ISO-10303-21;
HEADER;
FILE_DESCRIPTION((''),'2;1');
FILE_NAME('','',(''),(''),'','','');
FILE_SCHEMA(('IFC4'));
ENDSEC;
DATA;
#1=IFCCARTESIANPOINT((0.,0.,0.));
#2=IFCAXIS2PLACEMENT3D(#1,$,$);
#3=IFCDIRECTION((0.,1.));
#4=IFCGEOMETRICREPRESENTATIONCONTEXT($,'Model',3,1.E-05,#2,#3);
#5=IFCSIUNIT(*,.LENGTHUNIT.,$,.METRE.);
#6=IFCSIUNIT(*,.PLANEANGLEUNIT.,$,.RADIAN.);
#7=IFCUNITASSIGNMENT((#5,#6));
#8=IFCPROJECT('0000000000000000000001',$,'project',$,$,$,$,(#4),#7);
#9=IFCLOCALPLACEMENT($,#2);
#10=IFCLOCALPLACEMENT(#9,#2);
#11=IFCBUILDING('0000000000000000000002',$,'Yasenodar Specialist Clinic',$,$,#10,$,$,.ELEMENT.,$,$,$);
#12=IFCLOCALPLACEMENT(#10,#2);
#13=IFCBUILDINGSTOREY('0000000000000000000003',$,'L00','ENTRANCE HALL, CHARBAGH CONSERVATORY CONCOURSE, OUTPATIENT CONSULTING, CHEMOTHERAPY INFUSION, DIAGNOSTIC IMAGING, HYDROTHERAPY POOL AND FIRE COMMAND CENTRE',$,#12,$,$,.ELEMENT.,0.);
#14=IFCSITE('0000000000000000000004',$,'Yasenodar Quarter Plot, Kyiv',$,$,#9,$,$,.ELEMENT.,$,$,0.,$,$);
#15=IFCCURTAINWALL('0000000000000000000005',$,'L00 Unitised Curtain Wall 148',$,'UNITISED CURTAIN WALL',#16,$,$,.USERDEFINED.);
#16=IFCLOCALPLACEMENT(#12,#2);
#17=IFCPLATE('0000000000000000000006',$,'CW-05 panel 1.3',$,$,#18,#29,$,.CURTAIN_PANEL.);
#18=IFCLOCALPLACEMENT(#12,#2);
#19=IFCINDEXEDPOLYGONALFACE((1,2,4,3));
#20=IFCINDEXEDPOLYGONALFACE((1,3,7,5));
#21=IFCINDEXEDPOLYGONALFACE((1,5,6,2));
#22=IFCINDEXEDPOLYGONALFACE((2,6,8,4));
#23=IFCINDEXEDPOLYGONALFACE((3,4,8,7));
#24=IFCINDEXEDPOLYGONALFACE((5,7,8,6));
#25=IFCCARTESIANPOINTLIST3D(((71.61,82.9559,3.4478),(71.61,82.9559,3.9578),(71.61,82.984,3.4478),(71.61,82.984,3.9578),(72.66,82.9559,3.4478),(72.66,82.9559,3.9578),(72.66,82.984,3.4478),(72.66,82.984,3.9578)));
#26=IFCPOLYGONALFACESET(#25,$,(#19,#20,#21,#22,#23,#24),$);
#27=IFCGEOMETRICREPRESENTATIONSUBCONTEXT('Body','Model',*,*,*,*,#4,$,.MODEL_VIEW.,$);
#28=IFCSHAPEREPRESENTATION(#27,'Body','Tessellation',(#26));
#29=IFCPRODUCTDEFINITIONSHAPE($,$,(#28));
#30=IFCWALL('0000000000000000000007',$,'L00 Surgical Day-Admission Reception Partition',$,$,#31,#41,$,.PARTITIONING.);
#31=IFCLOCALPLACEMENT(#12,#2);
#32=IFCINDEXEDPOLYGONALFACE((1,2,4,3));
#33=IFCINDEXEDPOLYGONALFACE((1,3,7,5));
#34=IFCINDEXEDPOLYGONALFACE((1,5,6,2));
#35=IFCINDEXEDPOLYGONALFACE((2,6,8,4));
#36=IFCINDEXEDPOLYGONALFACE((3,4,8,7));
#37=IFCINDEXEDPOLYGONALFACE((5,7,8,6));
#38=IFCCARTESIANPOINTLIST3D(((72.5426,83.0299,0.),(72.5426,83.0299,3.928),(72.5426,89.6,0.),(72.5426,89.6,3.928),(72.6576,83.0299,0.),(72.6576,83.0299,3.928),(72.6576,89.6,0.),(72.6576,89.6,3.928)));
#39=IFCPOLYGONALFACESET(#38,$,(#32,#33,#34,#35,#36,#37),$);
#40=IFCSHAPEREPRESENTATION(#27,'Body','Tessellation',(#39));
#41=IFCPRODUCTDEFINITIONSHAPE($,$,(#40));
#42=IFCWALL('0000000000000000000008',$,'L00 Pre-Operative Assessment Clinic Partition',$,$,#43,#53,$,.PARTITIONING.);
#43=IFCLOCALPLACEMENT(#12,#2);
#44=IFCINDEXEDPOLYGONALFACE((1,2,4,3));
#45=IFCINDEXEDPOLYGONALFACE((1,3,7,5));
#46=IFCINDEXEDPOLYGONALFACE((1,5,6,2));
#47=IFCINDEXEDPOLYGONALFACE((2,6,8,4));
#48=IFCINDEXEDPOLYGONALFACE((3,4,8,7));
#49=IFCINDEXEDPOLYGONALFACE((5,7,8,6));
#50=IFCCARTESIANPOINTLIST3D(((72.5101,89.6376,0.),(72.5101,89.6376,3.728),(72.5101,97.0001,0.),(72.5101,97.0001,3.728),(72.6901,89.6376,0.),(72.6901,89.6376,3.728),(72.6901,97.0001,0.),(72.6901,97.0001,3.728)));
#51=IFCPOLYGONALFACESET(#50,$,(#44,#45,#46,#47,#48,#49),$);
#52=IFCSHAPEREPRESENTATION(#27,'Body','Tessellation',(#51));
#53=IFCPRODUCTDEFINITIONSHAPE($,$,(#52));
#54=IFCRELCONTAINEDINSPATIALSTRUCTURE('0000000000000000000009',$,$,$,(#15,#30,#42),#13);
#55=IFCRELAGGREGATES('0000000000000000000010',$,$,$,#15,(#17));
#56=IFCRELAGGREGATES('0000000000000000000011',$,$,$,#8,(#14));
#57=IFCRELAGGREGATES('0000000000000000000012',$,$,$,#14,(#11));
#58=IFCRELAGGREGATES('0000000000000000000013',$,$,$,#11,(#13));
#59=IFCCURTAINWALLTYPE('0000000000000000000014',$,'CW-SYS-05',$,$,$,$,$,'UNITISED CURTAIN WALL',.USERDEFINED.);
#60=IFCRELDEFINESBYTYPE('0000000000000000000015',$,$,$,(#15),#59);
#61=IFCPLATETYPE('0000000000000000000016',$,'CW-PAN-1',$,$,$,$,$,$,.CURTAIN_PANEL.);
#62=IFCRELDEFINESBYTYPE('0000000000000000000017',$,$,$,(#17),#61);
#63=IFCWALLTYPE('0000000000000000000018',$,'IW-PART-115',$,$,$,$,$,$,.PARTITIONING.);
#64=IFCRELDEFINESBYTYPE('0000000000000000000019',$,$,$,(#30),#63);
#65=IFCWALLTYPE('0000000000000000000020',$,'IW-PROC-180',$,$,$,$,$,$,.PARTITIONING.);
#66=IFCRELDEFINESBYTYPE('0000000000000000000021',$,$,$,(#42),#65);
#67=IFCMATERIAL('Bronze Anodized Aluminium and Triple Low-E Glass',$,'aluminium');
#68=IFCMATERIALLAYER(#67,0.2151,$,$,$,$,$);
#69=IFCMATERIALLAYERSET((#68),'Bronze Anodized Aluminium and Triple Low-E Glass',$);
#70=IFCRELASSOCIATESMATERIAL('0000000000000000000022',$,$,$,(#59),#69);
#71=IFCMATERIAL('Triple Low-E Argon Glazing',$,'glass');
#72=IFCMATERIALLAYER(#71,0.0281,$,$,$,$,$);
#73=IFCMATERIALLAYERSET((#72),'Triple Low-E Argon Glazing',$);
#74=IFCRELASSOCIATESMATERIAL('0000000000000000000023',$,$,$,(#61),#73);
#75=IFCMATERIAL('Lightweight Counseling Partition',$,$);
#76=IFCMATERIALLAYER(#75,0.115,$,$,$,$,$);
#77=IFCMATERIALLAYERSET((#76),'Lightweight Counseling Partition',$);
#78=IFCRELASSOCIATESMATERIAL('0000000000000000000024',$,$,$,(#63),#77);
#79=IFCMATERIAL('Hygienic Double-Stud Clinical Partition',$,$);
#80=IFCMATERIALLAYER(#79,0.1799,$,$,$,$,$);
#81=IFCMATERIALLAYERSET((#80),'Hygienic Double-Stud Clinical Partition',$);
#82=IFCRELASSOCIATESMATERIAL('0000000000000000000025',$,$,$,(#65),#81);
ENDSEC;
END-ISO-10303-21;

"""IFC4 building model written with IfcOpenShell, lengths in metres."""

from ifc_helpers import new_model, si_unit, direction, frame, frame_2d, origin, origin_2d, place, context, subcontext, project, spatial, rectangle, extrude, material, layer, layer_set, type_object, element, aggregate, save


model = new_model("IFC4")

# Units and contexts
model_context = context("Model", 3, precision=1e-05, world=origin(), true_north=direction((0.0, 1.0)))
body_context = subcontext(model_context, "Body", "Model", "MODEL_VIEW")
ifc_project = project(units=[si_unit("LENGTHUNIT", "METRE"), si_unit("PLANEANGLEUNIT", "RADIAN")], contexts=[model_context])

# Site, building, storey
site_placement = place(None, origin())
site = spatial("IfcSite", under=ifc_project, at=site_placement, Name="Yasenodar Quarter Plot, Kyiv", CompositionType="ELEMENT", RefElevation=0.0)
building_placement = place(site_placement, origin())
building = spatial("IfcBuilding", under=site, at=building_placement, Name="Yasenodar Specialist Clinic", CompositionType="ELEMENT")
storey_placement = place(building_placement, origin())
storey = spatial("IfcBuildingStorey", under=building, at=storey_placement, Name="L00", Description="ENTRANCE HALL, CHARBAGH CONSERVATORY CONCOURSE, OUTPATIENT CONSULTING, CHEMOTHERAPY INFUSION, DIAGNOSTIC IMAGING, HYDROTHERAPY POOL AND FIRE COMMAND CENTRE", CompositionType="ELEMENT", Elevation=0.0)

# Curtain wall
ifc_material_1 = material(Name="Bronze Anodized Aluminium and Triple Low-E Glass", Category="aluminium")
ifc_layer_1 = layer(ifc_material_1, 0.2151)
ifc_layer_set_1 = layer_set([ifc_layer_1], Name="Bronze Anodized Aluminium and Triple Low-E Glass")
curtain_wall_type = type_object("IfcCurtainWallType", Name="CW-SYS-05", ElementType="UNITISED CURTAIN WALL", PredefinedType="USERDEFINED", material=ifc_layer_set_1)
curtain_wall_placement = place(storey_placement, origin())
curtain_wall = element("IfcCurtainWall", 1, at=curtain_wall_placement, inside=storey, type_object=curtain_wall_type, Name="L00 Unitised Curtain Wall 148", ObjectType="UNITISED CURTAIN WALL", PredefinedType="USERDEFINED")

# Plate
ifc_material_2 = material(Name="Triple Low-E Argon Glazing", Category="glass")
ifc_layer_2 = layer(ifc_material_2, 0.0281)
ifc_layer_set_2 = layer_set([ifc_layer_2], Name="Triple Low-E Argon Glazing")
plate_type = type_object("IfcPlateType", Name="CW-PAN-1", PredefinedType="CURTAIN_PANEL", material=ifc_layer_set_2)
plate_placement = place(storey_placement, frame((72.135, 82.97, 3.4478), z_axis=(0.0, 0.0, 1.0), x_axis=(-1.0, 0.0, 0.0)))
plate = element("IfcPlate", 2, at=plate_placement, type_object=plate_type, Name="CW-05 panel 1.3", PredefinedType="CURTAIN_PANEL", context=body_context, shape_type="SweptSolid", body=[
    extrude(rectangle(XDim=1.05, YDim=0.0281, at=origin_2d()), origin(), (0.0, 0.0, 1.0), 0.51),
])
aggregate(curtain_wall, [plate])

# Walls
ifc_material_3 = material(Name="Lightweight Counseling Partition")
ifc_layer_3 = layer(ifc_material_3, 0.115)
ifc_layer_set_3 = layer_set([ifc_layer_3], Name="Lightweight Counseling Partition")
wall_type_1 = type_object("IfcWallType", Name="IW-PART-115", PredefinedType="PARTITIONING", material=ifc_layer_set_3)
wall_1_placement = place(storey_placement, frame((72.6001, 89.6001, 0.0), z_axis=(0.0, 0.0, 1.0), x_axis=(0.0, -1.0, 0.0)))
element("IfcWall", 3, at=wall_1_placement, inside=storey, type_object=wall_type_1, Name="L00 Surgical Day-Admission Reception Partition", PredefinedType="PARTITIONING", context=body_context, shape_type="SweptSolid", body=[
    extrude(rectangle(XDim=6.5701, YDim=0.115, at=frame_2d((3.2852, 0.0))), origin(), (0.0, 0.0, 1.0), 3.928),
])
ifc_material_4 = material(Name="Hygienic Double-Stud Clinical Partition")
ifc_layer_4 = layer(ifc_material_4, 0.1799)
ifc_layer_set_4 = layer_set([ifc_layer_4], Name="Hygienic Double-Stud Clinical Partition")
wall_type_2 = type_object("IfcWallType", Name="IW-PROC-180", PredefinedType="PARTITIONING", material=ifc_layer_set_4)
wall_2_placement = place(storey_placement, frame((72.6001, 97.0, 0.0), z_axis=(0.0, 0.0, 1.0), x_axis=(0.0, -1.0, 0.0)))
element("IfcWall", 4, at=wall_2_placement, inside=storey, type_object=wall_type_2, Name="L00 Pre-Operative Assessment Clinic Partition", PredefinedType="PARTITIONING", context=body_context, shape_type="SweptSolid", body=[
    extrude(rectangle(XDim=7.3625, YDim=0.1799, at=frame_2d((3.6812, 0.0))), origin(), (0.0, 0.0, 1.0), 3.728),
])

save(model, "model.ifc")
